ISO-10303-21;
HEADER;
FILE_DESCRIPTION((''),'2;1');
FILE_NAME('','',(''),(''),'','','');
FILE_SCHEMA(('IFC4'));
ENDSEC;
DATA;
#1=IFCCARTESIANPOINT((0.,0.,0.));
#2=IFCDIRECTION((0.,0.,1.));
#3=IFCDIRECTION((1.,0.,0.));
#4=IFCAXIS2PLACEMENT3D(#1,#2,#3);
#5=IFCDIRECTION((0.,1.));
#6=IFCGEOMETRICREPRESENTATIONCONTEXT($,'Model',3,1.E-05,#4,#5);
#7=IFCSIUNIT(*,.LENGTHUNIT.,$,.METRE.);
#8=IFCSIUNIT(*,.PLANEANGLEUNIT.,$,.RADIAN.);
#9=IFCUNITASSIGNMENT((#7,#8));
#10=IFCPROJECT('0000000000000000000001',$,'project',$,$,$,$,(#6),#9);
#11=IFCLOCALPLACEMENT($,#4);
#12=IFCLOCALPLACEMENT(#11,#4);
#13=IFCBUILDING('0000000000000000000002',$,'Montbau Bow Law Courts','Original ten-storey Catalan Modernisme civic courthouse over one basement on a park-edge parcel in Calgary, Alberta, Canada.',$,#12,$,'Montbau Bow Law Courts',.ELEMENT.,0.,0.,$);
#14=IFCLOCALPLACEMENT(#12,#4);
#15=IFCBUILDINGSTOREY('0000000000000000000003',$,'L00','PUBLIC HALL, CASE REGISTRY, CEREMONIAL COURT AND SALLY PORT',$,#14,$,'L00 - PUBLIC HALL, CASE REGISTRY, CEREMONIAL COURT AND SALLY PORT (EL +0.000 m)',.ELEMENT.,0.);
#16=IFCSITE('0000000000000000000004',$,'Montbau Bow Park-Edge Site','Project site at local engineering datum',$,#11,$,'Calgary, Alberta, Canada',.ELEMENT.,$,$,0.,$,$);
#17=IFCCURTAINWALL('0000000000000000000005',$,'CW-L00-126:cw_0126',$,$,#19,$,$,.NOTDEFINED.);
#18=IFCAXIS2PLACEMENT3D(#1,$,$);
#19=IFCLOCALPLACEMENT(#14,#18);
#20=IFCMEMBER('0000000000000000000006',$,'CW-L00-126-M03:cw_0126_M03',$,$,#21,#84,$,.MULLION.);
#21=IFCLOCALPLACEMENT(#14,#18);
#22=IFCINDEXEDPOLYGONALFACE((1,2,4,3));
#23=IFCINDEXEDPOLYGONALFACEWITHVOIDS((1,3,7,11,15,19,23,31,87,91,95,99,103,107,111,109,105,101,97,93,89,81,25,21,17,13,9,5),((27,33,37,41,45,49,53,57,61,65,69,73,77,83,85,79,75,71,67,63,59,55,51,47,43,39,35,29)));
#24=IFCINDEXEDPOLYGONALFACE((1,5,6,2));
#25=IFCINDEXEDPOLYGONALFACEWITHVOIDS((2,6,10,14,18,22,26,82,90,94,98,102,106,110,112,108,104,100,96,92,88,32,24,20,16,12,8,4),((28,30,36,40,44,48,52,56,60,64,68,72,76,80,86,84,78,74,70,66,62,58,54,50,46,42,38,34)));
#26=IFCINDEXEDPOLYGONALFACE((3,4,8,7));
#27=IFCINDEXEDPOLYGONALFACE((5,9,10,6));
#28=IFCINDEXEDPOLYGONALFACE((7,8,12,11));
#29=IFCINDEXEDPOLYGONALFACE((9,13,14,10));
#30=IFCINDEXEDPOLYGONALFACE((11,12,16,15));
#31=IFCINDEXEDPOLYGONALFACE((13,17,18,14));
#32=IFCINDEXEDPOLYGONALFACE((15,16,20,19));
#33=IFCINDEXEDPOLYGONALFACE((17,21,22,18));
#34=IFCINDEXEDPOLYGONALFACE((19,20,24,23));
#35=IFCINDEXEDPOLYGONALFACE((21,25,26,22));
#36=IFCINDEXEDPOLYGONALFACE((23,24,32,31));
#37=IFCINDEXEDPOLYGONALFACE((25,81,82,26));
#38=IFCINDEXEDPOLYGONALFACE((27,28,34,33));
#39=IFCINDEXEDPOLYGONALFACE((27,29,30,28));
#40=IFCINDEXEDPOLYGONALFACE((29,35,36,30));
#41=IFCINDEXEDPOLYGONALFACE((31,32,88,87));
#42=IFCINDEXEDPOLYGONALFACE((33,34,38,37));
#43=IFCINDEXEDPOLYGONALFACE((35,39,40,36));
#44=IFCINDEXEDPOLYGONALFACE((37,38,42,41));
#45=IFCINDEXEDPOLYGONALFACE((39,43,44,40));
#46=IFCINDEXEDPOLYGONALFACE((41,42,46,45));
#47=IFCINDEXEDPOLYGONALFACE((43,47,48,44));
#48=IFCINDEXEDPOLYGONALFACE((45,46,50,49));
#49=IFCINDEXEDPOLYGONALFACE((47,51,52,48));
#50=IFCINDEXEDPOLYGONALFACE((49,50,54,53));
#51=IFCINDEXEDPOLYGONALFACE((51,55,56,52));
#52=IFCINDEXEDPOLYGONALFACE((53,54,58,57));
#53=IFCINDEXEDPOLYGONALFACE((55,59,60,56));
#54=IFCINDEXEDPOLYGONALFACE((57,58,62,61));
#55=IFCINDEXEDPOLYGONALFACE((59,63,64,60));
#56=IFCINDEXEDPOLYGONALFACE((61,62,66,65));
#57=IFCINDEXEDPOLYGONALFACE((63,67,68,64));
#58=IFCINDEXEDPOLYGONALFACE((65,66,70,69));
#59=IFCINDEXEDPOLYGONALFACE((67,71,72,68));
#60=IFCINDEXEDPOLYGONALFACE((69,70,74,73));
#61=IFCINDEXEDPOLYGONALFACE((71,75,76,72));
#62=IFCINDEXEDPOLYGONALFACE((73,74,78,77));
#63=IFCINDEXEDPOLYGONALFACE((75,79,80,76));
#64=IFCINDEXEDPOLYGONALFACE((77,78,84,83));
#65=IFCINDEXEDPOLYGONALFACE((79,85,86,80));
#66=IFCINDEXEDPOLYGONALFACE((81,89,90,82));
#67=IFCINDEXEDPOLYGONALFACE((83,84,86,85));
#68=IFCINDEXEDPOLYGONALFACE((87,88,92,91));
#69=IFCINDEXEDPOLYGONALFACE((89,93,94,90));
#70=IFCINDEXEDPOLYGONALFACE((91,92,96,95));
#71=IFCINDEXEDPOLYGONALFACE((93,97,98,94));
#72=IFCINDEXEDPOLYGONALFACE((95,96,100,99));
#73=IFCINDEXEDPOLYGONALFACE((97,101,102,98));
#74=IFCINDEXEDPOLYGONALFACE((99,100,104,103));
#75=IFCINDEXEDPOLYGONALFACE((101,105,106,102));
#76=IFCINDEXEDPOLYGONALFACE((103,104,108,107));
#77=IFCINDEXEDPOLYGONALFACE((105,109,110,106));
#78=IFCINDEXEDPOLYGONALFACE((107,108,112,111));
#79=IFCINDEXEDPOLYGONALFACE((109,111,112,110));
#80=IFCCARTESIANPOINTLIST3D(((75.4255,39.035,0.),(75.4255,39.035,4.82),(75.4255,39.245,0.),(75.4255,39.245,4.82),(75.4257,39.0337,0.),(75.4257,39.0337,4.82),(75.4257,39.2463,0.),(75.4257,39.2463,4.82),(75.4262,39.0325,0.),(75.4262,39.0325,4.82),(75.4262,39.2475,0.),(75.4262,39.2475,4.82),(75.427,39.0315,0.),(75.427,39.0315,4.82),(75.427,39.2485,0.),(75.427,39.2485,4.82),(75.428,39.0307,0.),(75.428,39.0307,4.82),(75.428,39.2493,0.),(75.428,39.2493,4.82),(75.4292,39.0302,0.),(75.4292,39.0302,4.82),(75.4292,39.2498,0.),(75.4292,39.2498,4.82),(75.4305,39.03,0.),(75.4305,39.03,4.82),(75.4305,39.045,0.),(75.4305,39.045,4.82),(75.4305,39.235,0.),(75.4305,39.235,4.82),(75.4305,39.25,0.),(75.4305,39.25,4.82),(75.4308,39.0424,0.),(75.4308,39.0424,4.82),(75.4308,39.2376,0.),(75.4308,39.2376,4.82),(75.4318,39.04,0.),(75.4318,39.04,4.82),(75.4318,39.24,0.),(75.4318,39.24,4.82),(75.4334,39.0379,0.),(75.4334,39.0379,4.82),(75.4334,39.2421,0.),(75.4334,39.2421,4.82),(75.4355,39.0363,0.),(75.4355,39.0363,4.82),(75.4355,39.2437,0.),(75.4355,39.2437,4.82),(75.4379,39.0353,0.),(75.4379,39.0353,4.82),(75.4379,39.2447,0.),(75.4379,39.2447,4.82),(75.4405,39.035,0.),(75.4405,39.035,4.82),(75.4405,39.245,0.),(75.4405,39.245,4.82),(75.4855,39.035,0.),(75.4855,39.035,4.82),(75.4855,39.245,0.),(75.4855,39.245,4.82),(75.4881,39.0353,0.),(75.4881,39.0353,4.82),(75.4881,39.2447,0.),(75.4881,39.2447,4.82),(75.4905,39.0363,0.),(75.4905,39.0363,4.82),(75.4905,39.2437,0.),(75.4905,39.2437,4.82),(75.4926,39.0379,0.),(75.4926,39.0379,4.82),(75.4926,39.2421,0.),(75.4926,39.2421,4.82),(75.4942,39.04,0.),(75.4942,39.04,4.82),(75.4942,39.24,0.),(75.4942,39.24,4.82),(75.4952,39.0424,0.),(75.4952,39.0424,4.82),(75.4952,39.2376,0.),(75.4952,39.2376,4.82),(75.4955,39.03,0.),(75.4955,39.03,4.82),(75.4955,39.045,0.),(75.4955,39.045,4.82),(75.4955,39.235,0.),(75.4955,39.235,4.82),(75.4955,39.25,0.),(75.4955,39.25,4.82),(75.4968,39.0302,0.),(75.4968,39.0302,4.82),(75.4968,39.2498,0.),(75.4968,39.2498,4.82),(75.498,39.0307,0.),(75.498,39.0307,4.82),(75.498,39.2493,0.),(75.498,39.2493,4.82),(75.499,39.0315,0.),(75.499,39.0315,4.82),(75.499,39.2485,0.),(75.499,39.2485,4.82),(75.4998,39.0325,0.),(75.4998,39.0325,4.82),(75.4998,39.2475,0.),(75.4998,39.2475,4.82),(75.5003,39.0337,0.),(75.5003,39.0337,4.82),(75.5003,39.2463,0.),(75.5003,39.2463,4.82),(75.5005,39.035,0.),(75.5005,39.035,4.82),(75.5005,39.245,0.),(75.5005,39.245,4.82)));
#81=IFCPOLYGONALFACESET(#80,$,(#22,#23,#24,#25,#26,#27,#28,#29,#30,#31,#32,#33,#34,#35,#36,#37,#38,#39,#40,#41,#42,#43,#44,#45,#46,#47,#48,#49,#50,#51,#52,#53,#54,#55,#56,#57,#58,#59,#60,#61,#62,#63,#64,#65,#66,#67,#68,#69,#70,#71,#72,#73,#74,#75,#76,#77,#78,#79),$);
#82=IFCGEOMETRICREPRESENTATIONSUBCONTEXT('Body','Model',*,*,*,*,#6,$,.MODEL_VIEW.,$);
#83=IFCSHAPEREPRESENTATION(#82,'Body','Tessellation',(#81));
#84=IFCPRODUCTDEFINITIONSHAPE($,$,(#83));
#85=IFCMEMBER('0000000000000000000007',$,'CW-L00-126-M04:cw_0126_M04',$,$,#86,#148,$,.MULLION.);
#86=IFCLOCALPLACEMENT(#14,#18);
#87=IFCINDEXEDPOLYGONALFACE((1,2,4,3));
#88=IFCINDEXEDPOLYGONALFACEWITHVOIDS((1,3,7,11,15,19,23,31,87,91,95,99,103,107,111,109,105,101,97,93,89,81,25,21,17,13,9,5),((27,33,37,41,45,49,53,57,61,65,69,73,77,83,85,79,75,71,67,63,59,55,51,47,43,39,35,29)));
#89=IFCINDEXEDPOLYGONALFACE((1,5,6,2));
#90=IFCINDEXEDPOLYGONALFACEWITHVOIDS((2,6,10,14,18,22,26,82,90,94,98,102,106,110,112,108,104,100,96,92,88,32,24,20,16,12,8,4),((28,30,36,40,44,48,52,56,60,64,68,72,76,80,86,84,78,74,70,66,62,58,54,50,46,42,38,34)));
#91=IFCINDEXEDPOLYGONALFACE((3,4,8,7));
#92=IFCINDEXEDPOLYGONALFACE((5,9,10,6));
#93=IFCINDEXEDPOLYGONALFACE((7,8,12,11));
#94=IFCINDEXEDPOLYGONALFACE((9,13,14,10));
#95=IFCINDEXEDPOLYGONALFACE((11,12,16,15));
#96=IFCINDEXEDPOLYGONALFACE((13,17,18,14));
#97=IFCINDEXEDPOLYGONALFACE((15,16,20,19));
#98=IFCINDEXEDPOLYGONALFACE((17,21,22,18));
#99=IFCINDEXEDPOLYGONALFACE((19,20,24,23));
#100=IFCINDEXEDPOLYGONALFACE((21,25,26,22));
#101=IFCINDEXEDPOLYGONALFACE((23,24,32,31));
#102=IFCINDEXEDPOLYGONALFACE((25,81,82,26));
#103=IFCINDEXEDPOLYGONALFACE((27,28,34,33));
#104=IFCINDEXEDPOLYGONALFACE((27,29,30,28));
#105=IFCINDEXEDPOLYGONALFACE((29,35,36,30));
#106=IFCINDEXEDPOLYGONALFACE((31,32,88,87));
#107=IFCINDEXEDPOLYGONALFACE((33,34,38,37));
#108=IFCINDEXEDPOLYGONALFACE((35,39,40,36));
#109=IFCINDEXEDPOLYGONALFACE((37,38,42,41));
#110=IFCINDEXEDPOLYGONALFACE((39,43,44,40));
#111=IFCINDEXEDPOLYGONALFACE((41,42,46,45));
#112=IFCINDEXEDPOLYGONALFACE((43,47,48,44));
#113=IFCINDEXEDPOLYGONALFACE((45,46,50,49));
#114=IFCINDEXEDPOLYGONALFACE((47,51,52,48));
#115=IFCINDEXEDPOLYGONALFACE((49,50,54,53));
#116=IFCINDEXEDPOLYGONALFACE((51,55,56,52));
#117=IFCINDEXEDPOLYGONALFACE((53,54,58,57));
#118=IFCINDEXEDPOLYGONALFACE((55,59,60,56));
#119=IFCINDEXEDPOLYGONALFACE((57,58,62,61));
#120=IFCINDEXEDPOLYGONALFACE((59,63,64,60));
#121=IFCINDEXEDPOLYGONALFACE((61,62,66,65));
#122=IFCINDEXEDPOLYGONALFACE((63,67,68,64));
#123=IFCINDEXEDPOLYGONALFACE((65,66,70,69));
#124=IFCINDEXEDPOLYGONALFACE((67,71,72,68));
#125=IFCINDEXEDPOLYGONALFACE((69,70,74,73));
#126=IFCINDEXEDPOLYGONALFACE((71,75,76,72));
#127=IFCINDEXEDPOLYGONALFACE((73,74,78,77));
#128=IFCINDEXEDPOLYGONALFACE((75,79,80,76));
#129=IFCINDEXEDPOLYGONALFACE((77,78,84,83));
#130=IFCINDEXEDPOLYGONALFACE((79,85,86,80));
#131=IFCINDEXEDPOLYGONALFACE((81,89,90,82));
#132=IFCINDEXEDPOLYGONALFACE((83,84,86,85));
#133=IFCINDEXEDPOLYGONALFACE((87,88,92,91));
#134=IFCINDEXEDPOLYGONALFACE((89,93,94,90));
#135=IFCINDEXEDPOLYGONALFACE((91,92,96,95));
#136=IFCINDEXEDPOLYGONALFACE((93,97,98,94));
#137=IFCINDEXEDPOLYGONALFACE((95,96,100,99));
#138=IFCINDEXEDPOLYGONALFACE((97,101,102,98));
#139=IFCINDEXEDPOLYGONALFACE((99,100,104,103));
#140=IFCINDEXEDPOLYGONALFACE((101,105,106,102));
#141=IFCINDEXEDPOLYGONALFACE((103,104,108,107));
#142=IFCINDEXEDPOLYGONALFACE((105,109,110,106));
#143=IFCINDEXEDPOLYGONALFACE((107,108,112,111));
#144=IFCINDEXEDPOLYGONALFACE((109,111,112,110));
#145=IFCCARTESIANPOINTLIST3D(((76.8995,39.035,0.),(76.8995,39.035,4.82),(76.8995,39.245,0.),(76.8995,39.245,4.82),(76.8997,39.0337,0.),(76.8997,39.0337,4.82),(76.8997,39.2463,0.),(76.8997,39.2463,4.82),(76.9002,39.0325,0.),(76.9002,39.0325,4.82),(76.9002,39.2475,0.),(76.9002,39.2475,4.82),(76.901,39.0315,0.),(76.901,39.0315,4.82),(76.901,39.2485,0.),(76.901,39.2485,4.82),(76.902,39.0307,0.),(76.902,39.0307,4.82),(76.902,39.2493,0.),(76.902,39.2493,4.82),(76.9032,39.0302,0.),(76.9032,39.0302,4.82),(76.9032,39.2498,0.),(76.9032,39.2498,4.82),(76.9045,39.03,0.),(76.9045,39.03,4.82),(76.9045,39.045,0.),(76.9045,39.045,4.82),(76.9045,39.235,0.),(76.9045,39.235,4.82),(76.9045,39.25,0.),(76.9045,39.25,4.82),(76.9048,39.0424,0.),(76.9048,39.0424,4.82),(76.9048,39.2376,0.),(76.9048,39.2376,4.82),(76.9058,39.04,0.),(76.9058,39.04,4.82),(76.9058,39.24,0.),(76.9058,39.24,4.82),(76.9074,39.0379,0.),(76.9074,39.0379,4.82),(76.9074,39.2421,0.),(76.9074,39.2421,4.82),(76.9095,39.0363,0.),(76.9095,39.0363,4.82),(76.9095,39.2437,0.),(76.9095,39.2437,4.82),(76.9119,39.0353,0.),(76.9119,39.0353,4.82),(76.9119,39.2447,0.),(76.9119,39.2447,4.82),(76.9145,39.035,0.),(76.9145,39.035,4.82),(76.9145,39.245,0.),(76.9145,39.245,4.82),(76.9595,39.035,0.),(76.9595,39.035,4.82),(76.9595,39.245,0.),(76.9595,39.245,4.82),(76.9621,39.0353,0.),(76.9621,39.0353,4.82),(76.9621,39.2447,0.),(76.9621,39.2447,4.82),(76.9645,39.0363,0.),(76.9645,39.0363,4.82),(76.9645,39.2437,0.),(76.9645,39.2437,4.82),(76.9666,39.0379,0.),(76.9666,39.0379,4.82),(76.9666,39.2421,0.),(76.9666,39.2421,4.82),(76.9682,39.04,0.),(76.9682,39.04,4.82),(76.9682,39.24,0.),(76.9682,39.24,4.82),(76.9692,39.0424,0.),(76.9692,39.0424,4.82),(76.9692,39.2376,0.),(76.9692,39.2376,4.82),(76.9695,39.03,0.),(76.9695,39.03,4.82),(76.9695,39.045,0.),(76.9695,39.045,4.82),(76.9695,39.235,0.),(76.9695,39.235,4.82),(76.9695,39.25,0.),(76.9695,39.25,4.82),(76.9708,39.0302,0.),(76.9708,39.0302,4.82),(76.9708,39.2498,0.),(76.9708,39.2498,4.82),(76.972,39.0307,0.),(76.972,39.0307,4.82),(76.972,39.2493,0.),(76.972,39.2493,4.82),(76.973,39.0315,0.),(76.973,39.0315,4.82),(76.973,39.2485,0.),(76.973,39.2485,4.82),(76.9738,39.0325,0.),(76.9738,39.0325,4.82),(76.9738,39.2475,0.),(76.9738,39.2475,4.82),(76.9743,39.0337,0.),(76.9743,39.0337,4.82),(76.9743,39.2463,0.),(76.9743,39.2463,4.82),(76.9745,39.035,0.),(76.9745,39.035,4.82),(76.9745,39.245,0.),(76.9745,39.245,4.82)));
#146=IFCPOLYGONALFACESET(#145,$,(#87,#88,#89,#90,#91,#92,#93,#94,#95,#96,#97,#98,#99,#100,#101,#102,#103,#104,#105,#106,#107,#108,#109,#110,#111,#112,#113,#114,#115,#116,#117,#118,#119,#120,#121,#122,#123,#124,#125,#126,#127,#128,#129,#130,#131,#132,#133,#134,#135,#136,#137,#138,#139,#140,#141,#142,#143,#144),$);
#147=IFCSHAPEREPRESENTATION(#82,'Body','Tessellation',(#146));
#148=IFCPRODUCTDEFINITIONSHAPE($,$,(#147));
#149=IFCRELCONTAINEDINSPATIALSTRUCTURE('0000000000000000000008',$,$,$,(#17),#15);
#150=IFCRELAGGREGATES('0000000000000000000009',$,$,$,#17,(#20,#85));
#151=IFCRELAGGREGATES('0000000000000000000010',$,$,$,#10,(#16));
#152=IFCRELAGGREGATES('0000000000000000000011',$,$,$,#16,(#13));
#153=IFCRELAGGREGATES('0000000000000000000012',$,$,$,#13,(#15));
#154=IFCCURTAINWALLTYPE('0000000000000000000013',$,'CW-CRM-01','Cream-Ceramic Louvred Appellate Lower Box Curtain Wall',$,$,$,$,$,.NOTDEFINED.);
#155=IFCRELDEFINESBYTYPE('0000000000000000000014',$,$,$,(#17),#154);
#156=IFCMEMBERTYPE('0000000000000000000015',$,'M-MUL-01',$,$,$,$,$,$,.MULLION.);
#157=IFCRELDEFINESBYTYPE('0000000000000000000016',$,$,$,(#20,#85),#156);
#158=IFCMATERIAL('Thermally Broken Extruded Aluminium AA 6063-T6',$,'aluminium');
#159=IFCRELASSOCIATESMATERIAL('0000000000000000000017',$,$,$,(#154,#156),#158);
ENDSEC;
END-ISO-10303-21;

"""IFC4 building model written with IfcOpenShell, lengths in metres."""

from ifc_helpers import new_model, si_unit, direction, frame, origin_with_axes, origin_2d_with_axis, place, context, subcontext, project, spatial, hollow_rectangle, extrude, material, material_profile, profile_set, type_object, element, aggregate, save


model = new_model("IFC4")

# Units and contexts
model_context = context("Model", 3, precision=1e-05, world=origin_with_axes(), true_north=direction((0.0, 1.0)))
body_context = subcontext(model_context, "Body", "Model", "MODEL_VIEW")
ifc_project = project(units=[si_unit("LENGTHUNIT", "METRE"), si_unit("PLANEANGLEUNIT", "RADIAN")], contexts=[model_context])

# Site, building, storey
site_placement = place(None, origin_with_axes())
site = spatial("IfcSite", under=ifc_project, at=site_placement, Name="Montbau Bow Park-Edge Site", Description="Project site at local engineering datum", LongName="Calgary, Alberta, Canada", CompositionType="ELEMENT", RefElevation=0.0)
building_placement = place(site_placement, origin_with_axes())
building = spatial("IfcBuilding", under=site, at=building_placement, Name="Montbau Bow Law Courts", Description="Original ten-storey Catalan Modernisme civic courthouse over one basement on a park-edge parcel in Calgary, Alberta, Canada.", LongName="Montbau Bow Law Courts", CompositionType="ELEMENT", ElevationOfRefHeight=0.0, ElevationOfTerrain=0.0)
storey_placement = place(building_placement, origin_with_axes())
storey = spatial("IfcBuildingStorey", under=building, at=storey_placement, Name="L00", Description="PUBLIC HALL, CASE REGISTRY, CEREMONIAL COURT AND SALLY PORT", LongName="L00 - PUBLIC HALL, CASE REGISTRY, CEREMONIAL COURT AND SALLY PORT (EL +0.000 m)", CompositionType="ELEMENT", Elevation=0.0)

# Curtain wall, members
ifc_material_1 = material(Name="Thermally Broken Extruded Aluminium AA 6063-T6", Category="aluminium")
curtain_wall_type = type_object("IfcCurtainWallType", Name="CW-CRM-01", Description="Cream-Ceramic Louvred Appellate Lower Box Curtain Wall", PredefinedType="NOTDEFINED", material=ifc_material_1)
curtain_wall_placement = place(None, frame((72.515, 39.14, 0.0), z_axis=(0.0, 0.0, 1.0), x_axis=(1.0, 0.0, 0.0)))
curtain_wall = element("IfcCurtainWall", 1, at=curtain_wall_placement, inside=storey, type_object=curtain_wall_type, Name="CW-L00-126:cw_0126", PredefinedType="NOTDEFINED")
ifc_material_profile_1 = material_profile(ifc_material_1, hollow_rectangle(XDim=0.075, YDim=0.22, WallThickness=0.005, InnerFilletRadius=0.01, OuterFilletRadius=0.005, at=origin_2d_with_axis()), Name="CWM-220X75", Category="Main", Priority=0)
ifc_profile_set_1 = profile_set([ifc_material_profile_1], Name="Thermally Broken Extruded Aluminium AA 6063-T6")
member_type_1 = type_object("IfcMemberType", Name="M-MUL-01", PredefinedType="MULLION", material=ifc_profile_set_1)
member_1_placement = place(None, frame((75.463, 39.14, 0.0), z_axis=(0.0, 0.0, 1.0), x_axis=(1.0, 0.0, 0.0)))
member_1 = element("IfcMember", 2, at=member_1_placement, type_object=member_type_1, Name="CW-L00-126-M03:cw_0126_M03", PredefinedType="MULLION", context=body_context, shape_type="SweptSolid", body=[
    extrude(hollow_rectangle(XDim=0.075, YDim=0.22, WallThickness=0.005, InnerFilletRadius=0.01, OuterFilletRadius=0.005, at=origin_2d_with_axis()), origin_with_axes(), (0.0, 0.0, 1.0), 4.82),
])
member_2_placement = place(None, frame((76.937, 39.14, 0.0), z_axis=(0.0, 0.0, 1.0), x_axis=(1.0, 0.0, 0.0)))
member_2 = element("IfcMember", 3, at=member_2_placement, type_object=member_type_1, Name="CW-L00-126-M04:cw_0126_M04", PredefinedType="MULLION", context=body_context, shape_type="SweptSolid", body=[
    extrude(hollow_rectangle(XDim=0.075, YDim=0.22, WallThickness=0.005, InnerFilletRadius=0.01, OuterFilletRadius=0.005, at=origin_2d_with_axis()), origin_with_axes(), (0.0, 0.0, 1.0), 4.82),
])
aggregate(curtain_wall, [member_1, member_2])

save(model, "model.ifc")
